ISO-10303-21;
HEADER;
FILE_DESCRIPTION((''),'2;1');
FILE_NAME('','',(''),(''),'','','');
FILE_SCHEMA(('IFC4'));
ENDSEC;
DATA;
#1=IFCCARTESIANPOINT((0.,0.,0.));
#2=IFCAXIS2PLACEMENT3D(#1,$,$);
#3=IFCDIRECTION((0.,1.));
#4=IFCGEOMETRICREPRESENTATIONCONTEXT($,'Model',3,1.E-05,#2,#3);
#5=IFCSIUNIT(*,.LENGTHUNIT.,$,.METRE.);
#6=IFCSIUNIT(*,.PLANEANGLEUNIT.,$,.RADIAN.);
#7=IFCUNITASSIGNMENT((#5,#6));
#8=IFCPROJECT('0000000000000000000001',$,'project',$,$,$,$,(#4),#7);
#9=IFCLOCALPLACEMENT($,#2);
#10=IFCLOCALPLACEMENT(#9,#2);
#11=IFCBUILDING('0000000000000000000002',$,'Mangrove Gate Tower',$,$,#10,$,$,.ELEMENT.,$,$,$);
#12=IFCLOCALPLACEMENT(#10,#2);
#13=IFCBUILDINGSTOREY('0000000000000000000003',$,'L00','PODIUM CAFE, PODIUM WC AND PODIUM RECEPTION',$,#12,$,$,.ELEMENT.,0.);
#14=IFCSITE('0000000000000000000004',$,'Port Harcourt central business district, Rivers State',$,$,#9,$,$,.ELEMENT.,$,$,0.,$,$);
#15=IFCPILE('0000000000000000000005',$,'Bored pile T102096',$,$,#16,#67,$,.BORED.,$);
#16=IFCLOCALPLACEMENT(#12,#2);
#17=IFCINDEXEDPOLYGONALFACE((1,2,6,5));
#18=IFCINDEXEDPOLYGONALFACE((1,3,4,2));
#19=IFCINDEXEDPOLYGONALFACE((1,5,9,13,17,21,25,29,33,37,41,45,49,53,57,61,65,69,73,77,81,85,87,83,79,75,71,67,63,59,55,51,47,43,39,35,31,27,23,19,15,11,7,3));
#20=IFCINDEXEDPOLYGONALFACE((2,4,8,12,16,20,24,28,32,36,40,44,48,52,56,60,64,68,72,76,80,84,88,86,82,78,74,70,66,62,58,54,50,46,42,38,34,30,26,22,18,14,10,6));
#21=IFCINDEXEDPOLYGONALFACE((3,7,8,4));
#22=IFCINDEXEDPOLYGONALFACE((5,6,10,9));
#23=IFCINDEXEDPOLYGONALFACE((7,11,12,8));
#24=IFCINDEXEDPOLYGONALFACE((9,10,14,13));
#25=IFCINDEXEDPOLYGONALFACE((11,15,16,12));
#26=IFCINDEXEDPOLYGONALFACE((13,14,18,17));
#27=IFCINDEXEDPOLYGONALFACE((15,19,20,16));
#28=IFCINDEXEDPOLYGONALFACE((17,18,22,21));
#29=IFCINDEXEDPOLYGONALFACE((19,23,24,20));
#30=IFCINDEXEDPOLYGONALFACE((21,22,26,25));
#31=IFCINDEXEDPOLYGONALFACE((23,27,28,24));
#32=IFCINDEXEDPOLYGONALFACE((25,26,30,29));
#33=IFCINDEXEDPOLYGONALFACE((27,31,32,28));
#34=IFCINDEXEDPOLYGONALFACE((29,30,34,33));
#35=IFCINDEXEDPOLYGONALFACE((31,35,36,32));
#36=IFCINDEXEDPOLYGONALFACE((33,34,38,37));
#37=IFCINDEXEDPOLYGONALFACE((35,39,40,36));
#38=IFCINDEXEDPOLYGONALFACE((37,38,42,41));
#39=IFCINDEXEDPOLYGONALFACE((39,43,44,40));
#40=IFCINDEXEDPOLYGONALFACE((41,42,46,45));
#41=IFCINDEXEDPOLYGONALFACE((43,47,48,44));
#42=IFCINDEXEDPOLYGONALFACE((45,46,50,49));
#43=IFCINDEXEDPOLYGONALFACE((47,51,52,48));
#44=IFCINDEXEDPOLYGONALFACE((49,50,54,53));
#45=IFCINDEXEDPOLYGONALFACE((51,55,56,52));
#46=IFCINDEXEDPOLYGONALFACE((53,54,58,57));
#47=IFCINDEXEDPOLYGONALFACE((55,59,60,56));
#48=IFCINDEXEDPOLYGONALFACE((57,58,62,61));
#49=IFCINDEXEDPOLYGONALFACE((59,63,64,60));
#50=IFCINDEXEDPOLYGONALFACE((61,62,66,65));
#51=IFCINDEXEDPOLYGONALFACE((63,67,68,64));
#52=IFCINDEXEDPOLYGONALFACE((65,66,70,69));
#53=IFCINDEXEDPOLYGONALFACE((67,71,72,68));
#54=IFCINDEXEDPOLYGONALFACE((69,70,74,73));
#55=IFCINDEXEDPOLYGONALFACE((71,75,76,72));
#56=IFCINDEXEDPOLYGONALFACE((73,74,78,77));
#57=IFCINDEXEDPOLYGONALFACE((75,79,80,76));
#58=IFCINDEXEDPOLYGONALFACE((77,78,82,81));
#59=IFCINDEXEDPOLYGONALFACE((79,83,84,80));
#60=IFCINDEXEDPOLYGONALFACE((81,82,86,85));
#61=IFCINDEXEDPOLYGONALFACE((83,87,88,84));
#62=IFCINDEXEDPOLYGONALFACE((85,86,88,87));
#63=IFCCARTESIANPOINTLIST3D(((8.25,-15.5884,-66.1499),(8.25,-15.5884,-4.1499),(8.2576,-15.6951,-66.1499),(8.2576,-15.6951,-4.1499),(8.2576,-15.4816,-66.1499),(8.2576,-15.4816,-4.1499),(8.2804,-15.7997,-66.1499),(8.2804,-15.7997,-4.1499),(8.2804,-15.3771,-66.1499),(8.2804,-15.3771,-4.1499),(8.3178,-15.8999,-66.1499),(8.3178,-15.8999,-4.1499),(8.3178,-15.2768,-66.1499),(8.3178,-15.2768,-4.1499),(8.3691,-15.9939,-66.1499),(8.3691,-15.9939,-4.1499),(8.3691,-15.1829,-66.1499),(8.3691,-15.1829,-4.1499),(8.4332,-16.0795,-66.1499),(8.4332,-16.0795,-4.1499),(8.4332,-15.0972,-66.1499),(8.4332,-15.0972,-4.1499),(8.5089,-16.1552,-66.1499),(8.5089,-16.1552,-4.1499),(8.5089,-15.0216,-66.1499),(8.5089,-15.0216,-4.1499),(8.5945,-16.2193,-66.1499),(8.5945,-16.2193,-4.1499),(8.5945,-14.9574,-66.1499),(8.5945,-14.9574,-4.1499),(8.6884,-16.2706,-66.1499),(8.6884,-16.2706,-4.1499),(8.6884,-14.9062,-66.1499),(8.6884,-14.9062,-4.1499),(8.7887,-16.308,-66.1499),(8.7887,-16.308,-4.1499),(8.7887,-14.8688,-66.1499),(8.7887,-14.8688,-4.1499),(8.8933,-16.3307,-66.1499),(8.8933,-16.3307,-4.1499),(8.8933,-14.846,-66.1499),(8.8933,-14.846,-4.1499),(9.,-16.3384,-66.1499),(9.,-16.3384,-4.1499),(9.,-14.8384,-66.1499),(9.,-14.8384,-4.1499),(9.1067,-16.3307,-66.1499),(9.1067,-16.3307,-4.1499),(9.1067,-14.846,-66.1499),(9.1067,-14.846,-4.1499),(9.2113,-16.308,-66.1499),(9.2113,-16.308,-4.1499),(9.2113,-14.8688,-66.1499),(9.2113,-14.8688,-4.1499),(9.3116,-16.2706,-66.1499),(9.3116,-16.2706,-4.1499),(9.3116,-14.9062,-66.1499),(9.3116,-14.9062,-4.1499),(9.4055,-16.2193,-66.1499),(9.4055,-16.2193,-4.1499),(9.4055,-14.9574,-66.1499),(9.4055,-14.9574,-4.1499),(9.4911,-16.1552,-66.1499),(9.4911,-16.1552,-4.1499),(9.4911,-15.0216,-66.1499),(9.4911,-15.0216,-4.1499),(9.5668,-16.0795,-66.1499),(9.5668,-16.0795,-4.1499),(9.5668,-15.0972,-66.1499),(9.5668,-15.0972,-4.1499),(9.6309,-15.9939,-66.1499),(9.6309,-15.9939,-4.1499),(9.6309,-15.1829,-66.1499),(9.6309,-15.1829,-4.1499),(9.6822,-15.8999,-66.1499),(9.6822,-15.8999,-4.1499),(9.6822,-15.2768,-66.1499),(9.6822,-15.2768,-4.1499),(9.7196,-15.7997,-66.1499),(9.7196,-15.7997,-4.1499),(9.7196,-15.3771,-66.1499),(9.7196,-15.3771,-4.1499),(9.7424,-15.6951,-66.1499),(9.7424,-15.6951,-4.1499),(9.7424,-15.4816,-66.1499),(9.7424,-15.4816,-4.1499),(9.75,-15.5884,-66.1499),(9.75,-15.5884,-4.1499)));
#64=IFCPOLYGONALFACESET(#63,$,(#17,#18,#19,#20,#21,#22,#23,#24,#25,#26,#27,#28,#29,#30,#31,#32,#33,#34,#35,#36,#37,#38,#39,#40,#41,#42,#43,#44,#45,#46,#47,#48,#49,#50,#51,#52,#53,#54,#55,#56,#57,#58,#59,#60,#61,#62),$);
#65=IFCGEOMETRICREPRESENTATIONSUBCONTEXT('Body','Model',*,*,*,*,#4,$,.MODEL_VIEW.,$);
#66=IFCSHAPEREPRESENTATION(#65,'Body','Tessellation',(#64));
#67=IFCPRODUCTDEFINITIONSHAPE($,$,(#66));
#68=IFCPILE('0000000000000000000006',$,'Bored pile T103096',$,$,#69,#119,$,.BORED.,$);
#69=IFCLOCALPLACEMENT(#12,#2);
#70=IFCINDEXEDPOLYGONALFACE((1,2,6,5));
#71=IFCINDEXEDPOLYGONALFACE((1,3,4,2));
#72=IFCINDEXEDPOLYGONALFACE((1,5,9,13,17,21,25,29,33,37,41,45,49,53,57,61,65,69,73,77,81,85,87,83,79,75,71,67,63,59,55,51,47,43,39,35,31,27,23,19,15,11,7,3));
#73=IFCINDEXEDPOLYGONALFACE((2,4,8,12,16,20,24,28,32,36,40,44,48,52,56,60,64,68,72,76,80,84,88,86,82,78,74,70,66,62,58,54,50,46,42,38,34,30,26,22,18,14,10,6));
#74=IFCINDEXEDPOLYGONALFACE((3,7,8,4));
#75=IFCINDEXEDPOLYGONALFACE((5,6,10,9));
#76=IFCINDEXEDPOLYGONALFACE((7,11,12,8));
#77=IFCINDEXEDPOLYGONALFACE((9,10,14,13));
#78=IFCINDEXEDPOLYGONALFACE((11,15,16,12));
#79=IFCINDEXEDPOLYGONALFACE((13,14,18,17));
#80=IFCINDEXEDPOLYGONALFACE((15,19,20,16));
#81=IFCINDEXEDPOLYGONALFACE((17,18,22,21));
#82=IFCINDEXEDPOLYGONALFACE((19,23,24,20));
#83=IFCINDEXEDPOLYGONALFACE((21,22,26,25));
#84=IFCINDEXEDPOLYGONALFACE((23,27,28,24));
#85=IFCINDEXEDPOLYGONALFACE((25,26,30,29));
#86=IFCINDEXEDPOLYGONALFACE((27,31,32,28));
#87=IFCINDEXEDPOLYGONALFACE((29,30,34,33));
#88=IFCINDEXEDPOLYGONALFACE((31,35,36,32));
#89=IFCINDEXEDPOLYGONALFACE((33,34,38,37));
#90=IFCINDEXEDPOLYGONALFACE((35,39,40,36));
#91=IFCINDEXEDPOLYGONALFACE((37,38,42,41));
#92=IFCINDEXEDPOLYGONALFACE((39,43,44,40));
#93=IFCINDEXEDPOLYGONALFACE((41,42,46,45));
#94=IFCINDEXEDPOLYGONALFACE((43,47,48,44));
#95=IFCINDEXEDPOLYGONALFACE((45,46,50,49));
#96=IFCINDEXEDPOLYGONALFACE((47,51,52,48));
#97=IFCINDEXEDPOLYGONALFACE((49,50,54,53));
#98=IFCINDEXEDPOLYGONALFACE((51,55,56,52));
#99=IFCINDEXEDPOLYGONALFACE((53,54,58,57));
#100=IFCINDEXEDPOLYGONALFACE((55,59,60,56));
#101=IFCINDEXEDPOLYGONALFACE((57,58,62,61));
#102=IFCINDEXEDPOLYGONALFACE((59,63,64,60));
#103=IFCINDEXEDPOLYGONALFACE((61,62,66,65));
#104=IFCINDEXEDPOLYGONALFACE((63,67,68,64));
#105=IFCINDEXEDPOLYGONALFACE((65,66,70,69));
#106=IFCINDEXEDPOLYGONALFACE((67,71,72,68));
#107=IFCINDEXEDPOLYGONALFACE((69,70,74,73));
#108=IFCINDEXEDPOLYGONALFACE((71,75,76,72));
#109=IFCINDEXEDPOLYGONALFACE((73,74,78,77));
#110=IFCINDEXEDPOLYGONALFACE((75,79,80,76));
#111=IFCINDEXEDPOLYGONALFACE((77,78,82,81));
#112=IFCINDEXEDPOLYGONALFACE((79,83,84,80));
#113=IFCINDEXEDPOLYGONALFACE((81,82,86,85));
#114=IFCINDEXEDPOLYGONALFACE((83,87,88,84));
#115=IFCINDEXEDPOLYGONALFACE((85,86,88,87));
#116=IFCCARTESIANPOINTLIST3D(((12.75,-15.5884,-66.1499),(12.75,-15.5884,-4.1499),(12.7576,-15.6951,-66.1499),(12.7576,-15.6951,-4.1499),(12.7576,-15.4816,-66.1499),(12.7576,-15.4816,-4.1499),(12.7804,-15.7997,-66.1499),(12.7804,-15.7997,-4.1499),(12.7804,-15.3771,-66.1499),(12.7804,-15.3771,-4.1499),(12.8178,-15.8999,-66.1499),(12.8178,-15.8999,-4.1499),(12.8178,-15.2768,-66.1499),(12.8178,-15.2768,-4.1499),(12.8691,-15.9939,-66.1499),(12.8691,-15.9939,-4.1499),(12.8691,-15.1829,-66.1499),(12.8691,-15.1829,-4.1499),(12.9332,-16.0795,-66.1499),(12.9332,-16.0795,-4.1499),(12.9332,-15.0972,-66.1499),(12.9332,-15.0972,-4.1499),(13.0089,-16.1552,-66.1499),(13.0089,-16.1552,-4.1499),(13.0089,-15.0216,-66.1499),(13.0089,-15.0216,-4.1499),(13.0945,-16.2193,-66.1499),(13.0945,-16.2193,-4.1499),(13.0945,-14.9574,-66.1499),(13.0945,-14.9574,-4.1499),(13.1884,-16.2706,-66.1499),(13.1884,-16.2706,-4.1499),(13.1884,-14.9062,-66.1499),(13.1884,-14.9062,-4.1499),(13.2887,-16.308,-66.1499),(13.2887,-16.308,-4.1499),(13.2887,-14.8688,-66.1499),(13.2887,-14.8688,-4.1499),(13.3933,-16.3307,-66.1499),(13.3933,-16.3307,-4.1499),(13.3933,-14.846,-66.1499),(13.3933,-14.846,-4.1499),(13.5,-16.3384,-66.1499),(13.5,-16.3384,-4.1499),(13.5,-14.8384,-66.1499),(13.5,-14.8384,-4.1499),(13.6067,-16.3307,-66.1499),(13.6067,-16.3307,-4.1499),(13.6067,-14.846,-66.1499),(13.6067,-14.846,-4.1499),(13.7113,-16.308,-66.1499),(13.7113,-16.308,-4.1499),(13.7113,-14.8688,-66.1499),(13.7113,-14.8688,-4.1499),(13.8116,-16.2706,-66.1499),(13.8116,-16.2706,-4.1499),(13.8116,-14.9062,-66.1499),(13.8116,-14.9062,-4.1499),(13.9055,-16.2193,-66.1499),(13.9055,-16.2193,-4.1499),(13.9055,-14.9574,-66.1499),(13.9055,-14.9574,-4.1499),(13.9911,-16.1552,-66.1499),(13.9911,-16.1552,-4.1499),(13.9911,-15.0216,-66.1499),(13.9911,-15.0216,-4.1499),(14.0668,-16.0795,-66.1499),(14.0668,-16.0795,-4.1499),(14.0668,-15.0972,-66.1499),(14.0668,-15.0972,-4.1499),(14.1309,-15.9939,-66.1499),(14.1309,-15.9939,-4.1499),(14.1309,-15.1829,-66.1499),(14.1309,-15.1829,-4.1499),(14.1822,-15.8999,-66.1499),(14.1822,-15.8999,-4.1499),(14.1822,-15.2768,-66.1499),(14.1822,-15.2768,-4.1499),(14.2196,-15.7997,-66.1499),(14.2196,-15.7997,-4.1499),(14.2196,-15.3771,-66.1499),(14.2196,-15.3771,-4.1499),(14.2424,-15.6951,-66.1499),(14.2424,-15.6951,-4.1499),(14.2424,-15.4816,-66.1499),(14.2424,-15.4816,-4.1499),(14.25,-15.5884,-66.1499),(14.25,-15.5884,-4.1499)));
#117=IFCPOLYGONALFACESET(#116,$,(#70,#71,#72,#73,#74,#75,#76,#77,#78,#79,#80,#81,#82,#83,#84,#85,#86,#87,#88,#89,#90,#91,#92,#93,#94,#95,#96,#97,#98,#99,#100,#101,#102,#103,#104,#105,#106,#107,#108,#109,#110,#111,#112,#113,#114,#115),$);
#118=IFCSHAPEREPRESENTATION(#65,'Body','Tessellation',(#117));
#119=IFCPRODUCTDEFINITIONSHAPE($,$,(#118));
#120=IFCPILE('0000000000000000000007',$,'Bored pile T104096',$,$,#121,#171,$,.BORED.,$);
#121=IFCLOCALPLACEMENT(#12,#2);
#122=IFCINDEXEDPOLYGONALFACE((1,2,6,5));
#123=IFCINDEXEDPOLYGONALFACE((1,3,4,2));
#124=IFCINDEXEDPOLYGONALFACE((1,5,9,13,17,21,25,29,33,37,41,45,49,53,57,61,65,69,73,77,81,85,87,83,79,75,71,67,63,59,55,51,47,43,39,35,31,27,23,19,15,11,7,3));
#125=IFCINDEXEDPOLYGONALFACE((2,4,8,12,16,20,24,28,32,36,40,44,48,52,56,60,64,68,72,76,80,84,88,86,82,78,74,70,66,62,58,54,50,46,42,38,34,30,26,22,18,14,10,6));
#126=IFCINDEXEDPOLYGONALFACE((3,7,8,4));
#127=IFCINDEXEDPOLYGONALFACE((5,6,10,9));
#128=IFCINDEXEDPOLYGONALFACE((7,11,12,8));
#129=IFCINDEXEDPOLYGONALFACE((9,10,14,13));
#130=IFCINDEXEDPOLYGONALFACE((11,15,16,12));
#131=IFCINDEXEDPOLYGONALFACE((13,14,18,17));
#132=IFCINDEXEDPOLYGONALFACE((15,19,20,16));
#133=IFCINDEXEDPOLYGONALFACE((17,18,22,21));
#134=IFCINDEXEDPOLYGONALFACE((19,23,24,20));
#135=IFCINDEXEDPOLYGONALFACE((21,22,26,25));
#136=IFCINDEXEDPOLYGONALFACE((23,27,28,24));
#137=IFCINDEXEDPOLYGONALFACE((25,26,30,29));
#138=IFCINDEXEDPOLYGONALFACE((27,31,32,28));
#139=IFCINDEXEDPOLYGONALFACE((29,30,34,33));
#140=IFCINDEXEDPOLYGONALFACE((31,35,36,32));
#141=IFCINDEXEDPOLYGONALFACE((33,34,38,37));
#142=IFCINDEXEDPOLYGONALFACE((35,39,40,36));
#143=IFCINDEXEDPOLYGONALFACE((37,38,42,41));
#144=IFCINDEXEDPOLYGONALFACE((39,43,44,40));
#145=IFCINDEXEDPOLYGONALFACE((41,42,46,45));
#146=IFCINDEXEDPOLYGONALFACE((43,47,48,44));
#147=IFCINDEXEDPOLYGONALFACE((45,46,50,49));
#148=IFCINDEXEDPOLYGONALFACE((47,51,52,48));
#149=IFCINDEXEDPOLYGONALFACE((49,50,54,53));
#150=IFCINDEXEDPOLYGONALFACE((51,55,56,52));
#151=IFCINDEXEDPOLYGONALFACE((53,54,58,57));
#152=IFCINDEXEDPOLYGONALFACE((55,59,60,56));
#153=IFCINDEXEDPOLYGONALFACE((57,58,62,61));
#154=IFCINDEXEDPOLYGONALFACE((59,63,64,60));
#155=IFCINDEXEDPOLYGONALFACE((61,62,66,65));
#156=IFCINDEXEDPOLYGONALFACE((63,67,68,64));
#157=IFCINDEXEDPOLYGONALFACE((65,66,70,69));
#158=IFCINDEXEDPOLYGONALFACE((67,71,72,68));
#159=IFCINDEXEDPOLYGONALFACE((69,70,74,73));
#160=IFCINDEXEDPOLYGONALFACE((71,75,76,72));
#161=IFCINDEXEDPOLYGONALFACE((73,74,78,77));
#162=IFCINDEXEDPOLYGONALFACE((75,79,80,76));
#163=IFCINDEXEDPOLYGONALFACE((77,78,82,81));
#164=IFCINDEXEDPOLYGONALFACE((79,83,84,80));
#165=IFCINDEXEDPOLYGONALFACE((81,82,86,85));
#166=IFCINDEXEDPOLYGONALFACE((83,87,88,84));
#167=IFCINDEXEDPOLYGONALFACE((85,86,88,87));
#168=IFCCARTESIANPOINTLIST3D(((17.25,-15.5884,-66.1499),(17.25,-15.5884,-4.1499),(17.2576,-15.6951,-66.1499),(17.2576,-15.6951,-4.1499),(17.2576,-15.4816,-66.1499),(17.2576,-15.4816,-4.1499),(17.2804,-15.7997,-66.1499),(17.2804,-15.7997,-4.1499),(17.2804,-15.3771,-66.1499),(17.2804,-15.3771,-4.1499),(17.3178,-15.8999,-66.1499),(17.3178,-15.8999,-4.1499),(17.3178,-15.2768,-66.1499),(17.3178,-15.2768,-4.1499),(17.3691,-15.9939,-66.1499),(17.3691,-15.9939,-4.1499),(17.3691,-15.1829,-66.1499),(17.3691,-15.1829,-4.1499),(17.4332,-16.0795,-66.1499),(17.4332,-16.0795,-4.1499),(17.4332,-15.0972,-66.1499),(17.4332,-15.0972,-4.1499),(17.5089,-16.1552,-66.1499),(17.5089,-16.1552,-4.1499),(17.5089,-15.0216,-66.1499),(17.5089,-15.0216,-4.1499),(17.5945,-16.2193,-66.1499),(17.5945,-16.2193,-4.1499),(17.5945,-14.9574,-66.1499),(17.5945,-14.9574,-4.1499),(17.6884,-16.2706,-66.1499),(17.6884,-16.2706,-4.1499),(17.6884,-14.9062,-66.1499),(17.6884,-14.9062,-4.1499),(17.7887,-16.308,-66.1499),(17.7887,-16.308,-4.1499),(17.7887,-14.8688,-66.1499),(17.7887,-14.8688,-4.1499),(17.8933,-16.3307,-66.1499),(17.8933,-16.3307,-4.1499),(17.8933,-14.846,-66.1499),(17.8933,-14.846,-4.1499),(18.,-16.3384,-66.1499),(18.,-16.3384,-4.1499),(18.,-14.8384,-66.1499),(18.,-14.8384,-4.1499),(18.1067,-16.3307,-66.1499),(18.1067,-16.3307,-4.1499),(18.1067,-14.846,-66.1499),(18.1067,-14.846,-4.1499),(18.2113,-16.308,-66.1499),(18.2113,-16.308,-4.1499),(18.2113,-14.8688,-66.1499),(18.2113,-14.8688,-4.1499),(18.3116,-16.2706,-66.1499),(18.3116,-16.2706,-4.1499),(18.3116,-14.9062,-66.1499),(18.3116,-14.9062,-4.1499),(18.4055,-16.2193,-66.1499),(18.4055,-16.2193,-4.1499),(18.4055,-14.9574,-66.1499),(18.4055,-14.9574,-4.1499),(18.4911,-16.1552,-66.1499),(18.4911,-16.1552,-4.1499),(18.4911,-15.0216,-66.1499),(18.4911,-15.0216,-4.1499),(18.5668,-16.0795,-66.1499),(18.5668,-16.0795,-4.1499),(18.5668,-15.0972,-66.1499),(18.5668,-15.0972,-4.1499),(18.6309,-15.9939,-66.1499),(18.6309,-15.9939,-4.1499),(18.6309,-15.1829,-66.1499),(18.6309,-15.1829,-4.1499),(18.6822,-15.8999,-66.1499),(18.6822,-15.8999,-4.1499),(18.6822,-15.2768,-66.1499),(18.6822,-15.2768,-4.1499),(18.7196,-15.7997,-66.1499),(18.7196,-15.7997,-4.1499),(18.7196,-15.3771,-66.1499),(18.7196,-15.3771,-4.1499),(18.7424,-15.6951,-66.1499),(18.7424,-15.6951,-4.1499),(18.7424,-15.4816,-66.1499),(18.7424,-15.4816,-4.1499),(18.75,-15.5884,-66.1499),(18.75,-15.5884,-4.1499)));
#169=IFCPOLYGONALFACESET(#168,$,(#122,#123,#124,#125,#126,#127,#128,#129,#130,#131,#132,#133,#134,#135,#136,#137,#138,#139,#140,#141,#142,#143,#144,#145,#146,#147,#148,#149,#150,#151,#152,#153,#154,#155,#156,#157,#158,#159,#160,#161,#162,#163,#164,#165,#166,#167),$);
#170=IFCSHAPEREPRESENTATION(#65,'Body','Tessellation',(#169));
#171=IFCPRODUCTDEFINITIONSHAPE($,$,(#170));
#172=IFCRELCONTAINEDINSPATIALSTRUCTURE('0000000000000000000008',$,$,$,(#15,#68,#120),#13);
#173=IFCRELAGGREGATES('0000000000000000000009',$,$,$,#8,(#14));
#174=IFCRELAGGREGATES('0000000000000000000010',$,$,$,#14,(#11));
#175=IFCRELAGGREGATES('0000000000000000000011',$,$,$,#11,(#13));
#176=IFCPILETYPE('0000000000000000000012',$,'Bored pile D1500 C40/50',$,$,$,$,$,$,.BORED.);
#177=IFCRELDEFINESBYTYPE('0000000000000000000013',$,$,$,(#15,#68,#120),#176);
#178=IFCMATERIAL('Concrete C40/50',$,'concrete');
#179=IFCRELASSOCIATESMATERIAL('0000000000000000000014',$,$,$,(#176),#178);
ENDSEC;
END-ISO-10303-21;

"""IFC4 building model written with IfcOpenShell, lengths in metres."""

from ifc_helpers import new_model, si_unit, direction, frame, origin, origin_2d, place, context, subcontext, project, spatial, circle, extrude, material, material_profile, profile_set, type_object, element, save


model = new_model("IFC4")

# Units and contexts
model_context = context("Model", 3, precision=1e-05, world=origin(), true_north=direction((0.0, 1.0)))
body_context = subcontext(model_context, "Body", "Model", "MODEL_VIEW")
ifc_project = project(units=[si_unit("LENGTHUNIT", "METRE"), si_unit("PLANEANGLEUNIT", "RADIAN")], contexts=[model_context])

# Site, building, storey
site_placement = place(None, origin())
site = spatial("IfcSite", under=ifc_project, at=site_placement, Name="Port Harcourt central business district, Rivers State", CompositionType="ELEMENT", RefElevation=0.0)
building_placement = place(site_placement, origin())
building = spatial("IfcBuilding", under=site, at=building_placement, Name="Mangrove Gate Tower", CompositionType="ELEMENT")
storey_placement = place(building_placement, origin())
storey = spatial("IfcBuildingStorey", under=building, at=storey_placement, Name="L00", Description="PODIUM CAFE, PODIUM WC AND PODIUM RECEPTION", CompositionType="ELEMENT", Elevation=0.0)

# Piles
ifc_material_1 = material(Name="Concrete C40/50", Category="concrete")
ifc_material_profile_1 = material_profile(ifc_material_1, circle(Radius=0.75, at=origin_2d()))
ifc_profile_set_1 = profile_set([ifc_material_profile_1], Name="Concrete C40/50")
pile_type = type_object("IfcPileType", Name="Bored pile D1500 C40/50", PredefinedType="BORED", material=ifc_profile_set_1)
for number, where, z_axis, x_axis, name in (
    (1, (9.0, -15.5884, -4.1499), (0.0, 0.0, -1.0), (1.0, 0.0, 0.0), "Bored pile T102096"),
    (2, (13.5, -15.5884, -4.1499), (0.0, 0.0, -1.0), (1.0, 0.0, 0.0), "Bored pile T103096"),
    (3, (18.0, -15.5884, -4.1499), (0.0, 0.0, -1.0), (1.0, 0.0, 0.0), "Bored pile T104096"),
):
    element("IfcPile", number, at=place(storey_placement, frame(where, z_axis=z_axis, x_axis=x_axis)), inside=storey, type_object=pile_type, Name=name, PredefinedType="BORED", context=body_context, shape_type="SweptSolid", body=[
        extrude(circle(Radius=0.75, at=origin_2d()), origin(), (0.0, 0.0, 1.0), 62.0),
    ])

save(model, "model.ifc")
